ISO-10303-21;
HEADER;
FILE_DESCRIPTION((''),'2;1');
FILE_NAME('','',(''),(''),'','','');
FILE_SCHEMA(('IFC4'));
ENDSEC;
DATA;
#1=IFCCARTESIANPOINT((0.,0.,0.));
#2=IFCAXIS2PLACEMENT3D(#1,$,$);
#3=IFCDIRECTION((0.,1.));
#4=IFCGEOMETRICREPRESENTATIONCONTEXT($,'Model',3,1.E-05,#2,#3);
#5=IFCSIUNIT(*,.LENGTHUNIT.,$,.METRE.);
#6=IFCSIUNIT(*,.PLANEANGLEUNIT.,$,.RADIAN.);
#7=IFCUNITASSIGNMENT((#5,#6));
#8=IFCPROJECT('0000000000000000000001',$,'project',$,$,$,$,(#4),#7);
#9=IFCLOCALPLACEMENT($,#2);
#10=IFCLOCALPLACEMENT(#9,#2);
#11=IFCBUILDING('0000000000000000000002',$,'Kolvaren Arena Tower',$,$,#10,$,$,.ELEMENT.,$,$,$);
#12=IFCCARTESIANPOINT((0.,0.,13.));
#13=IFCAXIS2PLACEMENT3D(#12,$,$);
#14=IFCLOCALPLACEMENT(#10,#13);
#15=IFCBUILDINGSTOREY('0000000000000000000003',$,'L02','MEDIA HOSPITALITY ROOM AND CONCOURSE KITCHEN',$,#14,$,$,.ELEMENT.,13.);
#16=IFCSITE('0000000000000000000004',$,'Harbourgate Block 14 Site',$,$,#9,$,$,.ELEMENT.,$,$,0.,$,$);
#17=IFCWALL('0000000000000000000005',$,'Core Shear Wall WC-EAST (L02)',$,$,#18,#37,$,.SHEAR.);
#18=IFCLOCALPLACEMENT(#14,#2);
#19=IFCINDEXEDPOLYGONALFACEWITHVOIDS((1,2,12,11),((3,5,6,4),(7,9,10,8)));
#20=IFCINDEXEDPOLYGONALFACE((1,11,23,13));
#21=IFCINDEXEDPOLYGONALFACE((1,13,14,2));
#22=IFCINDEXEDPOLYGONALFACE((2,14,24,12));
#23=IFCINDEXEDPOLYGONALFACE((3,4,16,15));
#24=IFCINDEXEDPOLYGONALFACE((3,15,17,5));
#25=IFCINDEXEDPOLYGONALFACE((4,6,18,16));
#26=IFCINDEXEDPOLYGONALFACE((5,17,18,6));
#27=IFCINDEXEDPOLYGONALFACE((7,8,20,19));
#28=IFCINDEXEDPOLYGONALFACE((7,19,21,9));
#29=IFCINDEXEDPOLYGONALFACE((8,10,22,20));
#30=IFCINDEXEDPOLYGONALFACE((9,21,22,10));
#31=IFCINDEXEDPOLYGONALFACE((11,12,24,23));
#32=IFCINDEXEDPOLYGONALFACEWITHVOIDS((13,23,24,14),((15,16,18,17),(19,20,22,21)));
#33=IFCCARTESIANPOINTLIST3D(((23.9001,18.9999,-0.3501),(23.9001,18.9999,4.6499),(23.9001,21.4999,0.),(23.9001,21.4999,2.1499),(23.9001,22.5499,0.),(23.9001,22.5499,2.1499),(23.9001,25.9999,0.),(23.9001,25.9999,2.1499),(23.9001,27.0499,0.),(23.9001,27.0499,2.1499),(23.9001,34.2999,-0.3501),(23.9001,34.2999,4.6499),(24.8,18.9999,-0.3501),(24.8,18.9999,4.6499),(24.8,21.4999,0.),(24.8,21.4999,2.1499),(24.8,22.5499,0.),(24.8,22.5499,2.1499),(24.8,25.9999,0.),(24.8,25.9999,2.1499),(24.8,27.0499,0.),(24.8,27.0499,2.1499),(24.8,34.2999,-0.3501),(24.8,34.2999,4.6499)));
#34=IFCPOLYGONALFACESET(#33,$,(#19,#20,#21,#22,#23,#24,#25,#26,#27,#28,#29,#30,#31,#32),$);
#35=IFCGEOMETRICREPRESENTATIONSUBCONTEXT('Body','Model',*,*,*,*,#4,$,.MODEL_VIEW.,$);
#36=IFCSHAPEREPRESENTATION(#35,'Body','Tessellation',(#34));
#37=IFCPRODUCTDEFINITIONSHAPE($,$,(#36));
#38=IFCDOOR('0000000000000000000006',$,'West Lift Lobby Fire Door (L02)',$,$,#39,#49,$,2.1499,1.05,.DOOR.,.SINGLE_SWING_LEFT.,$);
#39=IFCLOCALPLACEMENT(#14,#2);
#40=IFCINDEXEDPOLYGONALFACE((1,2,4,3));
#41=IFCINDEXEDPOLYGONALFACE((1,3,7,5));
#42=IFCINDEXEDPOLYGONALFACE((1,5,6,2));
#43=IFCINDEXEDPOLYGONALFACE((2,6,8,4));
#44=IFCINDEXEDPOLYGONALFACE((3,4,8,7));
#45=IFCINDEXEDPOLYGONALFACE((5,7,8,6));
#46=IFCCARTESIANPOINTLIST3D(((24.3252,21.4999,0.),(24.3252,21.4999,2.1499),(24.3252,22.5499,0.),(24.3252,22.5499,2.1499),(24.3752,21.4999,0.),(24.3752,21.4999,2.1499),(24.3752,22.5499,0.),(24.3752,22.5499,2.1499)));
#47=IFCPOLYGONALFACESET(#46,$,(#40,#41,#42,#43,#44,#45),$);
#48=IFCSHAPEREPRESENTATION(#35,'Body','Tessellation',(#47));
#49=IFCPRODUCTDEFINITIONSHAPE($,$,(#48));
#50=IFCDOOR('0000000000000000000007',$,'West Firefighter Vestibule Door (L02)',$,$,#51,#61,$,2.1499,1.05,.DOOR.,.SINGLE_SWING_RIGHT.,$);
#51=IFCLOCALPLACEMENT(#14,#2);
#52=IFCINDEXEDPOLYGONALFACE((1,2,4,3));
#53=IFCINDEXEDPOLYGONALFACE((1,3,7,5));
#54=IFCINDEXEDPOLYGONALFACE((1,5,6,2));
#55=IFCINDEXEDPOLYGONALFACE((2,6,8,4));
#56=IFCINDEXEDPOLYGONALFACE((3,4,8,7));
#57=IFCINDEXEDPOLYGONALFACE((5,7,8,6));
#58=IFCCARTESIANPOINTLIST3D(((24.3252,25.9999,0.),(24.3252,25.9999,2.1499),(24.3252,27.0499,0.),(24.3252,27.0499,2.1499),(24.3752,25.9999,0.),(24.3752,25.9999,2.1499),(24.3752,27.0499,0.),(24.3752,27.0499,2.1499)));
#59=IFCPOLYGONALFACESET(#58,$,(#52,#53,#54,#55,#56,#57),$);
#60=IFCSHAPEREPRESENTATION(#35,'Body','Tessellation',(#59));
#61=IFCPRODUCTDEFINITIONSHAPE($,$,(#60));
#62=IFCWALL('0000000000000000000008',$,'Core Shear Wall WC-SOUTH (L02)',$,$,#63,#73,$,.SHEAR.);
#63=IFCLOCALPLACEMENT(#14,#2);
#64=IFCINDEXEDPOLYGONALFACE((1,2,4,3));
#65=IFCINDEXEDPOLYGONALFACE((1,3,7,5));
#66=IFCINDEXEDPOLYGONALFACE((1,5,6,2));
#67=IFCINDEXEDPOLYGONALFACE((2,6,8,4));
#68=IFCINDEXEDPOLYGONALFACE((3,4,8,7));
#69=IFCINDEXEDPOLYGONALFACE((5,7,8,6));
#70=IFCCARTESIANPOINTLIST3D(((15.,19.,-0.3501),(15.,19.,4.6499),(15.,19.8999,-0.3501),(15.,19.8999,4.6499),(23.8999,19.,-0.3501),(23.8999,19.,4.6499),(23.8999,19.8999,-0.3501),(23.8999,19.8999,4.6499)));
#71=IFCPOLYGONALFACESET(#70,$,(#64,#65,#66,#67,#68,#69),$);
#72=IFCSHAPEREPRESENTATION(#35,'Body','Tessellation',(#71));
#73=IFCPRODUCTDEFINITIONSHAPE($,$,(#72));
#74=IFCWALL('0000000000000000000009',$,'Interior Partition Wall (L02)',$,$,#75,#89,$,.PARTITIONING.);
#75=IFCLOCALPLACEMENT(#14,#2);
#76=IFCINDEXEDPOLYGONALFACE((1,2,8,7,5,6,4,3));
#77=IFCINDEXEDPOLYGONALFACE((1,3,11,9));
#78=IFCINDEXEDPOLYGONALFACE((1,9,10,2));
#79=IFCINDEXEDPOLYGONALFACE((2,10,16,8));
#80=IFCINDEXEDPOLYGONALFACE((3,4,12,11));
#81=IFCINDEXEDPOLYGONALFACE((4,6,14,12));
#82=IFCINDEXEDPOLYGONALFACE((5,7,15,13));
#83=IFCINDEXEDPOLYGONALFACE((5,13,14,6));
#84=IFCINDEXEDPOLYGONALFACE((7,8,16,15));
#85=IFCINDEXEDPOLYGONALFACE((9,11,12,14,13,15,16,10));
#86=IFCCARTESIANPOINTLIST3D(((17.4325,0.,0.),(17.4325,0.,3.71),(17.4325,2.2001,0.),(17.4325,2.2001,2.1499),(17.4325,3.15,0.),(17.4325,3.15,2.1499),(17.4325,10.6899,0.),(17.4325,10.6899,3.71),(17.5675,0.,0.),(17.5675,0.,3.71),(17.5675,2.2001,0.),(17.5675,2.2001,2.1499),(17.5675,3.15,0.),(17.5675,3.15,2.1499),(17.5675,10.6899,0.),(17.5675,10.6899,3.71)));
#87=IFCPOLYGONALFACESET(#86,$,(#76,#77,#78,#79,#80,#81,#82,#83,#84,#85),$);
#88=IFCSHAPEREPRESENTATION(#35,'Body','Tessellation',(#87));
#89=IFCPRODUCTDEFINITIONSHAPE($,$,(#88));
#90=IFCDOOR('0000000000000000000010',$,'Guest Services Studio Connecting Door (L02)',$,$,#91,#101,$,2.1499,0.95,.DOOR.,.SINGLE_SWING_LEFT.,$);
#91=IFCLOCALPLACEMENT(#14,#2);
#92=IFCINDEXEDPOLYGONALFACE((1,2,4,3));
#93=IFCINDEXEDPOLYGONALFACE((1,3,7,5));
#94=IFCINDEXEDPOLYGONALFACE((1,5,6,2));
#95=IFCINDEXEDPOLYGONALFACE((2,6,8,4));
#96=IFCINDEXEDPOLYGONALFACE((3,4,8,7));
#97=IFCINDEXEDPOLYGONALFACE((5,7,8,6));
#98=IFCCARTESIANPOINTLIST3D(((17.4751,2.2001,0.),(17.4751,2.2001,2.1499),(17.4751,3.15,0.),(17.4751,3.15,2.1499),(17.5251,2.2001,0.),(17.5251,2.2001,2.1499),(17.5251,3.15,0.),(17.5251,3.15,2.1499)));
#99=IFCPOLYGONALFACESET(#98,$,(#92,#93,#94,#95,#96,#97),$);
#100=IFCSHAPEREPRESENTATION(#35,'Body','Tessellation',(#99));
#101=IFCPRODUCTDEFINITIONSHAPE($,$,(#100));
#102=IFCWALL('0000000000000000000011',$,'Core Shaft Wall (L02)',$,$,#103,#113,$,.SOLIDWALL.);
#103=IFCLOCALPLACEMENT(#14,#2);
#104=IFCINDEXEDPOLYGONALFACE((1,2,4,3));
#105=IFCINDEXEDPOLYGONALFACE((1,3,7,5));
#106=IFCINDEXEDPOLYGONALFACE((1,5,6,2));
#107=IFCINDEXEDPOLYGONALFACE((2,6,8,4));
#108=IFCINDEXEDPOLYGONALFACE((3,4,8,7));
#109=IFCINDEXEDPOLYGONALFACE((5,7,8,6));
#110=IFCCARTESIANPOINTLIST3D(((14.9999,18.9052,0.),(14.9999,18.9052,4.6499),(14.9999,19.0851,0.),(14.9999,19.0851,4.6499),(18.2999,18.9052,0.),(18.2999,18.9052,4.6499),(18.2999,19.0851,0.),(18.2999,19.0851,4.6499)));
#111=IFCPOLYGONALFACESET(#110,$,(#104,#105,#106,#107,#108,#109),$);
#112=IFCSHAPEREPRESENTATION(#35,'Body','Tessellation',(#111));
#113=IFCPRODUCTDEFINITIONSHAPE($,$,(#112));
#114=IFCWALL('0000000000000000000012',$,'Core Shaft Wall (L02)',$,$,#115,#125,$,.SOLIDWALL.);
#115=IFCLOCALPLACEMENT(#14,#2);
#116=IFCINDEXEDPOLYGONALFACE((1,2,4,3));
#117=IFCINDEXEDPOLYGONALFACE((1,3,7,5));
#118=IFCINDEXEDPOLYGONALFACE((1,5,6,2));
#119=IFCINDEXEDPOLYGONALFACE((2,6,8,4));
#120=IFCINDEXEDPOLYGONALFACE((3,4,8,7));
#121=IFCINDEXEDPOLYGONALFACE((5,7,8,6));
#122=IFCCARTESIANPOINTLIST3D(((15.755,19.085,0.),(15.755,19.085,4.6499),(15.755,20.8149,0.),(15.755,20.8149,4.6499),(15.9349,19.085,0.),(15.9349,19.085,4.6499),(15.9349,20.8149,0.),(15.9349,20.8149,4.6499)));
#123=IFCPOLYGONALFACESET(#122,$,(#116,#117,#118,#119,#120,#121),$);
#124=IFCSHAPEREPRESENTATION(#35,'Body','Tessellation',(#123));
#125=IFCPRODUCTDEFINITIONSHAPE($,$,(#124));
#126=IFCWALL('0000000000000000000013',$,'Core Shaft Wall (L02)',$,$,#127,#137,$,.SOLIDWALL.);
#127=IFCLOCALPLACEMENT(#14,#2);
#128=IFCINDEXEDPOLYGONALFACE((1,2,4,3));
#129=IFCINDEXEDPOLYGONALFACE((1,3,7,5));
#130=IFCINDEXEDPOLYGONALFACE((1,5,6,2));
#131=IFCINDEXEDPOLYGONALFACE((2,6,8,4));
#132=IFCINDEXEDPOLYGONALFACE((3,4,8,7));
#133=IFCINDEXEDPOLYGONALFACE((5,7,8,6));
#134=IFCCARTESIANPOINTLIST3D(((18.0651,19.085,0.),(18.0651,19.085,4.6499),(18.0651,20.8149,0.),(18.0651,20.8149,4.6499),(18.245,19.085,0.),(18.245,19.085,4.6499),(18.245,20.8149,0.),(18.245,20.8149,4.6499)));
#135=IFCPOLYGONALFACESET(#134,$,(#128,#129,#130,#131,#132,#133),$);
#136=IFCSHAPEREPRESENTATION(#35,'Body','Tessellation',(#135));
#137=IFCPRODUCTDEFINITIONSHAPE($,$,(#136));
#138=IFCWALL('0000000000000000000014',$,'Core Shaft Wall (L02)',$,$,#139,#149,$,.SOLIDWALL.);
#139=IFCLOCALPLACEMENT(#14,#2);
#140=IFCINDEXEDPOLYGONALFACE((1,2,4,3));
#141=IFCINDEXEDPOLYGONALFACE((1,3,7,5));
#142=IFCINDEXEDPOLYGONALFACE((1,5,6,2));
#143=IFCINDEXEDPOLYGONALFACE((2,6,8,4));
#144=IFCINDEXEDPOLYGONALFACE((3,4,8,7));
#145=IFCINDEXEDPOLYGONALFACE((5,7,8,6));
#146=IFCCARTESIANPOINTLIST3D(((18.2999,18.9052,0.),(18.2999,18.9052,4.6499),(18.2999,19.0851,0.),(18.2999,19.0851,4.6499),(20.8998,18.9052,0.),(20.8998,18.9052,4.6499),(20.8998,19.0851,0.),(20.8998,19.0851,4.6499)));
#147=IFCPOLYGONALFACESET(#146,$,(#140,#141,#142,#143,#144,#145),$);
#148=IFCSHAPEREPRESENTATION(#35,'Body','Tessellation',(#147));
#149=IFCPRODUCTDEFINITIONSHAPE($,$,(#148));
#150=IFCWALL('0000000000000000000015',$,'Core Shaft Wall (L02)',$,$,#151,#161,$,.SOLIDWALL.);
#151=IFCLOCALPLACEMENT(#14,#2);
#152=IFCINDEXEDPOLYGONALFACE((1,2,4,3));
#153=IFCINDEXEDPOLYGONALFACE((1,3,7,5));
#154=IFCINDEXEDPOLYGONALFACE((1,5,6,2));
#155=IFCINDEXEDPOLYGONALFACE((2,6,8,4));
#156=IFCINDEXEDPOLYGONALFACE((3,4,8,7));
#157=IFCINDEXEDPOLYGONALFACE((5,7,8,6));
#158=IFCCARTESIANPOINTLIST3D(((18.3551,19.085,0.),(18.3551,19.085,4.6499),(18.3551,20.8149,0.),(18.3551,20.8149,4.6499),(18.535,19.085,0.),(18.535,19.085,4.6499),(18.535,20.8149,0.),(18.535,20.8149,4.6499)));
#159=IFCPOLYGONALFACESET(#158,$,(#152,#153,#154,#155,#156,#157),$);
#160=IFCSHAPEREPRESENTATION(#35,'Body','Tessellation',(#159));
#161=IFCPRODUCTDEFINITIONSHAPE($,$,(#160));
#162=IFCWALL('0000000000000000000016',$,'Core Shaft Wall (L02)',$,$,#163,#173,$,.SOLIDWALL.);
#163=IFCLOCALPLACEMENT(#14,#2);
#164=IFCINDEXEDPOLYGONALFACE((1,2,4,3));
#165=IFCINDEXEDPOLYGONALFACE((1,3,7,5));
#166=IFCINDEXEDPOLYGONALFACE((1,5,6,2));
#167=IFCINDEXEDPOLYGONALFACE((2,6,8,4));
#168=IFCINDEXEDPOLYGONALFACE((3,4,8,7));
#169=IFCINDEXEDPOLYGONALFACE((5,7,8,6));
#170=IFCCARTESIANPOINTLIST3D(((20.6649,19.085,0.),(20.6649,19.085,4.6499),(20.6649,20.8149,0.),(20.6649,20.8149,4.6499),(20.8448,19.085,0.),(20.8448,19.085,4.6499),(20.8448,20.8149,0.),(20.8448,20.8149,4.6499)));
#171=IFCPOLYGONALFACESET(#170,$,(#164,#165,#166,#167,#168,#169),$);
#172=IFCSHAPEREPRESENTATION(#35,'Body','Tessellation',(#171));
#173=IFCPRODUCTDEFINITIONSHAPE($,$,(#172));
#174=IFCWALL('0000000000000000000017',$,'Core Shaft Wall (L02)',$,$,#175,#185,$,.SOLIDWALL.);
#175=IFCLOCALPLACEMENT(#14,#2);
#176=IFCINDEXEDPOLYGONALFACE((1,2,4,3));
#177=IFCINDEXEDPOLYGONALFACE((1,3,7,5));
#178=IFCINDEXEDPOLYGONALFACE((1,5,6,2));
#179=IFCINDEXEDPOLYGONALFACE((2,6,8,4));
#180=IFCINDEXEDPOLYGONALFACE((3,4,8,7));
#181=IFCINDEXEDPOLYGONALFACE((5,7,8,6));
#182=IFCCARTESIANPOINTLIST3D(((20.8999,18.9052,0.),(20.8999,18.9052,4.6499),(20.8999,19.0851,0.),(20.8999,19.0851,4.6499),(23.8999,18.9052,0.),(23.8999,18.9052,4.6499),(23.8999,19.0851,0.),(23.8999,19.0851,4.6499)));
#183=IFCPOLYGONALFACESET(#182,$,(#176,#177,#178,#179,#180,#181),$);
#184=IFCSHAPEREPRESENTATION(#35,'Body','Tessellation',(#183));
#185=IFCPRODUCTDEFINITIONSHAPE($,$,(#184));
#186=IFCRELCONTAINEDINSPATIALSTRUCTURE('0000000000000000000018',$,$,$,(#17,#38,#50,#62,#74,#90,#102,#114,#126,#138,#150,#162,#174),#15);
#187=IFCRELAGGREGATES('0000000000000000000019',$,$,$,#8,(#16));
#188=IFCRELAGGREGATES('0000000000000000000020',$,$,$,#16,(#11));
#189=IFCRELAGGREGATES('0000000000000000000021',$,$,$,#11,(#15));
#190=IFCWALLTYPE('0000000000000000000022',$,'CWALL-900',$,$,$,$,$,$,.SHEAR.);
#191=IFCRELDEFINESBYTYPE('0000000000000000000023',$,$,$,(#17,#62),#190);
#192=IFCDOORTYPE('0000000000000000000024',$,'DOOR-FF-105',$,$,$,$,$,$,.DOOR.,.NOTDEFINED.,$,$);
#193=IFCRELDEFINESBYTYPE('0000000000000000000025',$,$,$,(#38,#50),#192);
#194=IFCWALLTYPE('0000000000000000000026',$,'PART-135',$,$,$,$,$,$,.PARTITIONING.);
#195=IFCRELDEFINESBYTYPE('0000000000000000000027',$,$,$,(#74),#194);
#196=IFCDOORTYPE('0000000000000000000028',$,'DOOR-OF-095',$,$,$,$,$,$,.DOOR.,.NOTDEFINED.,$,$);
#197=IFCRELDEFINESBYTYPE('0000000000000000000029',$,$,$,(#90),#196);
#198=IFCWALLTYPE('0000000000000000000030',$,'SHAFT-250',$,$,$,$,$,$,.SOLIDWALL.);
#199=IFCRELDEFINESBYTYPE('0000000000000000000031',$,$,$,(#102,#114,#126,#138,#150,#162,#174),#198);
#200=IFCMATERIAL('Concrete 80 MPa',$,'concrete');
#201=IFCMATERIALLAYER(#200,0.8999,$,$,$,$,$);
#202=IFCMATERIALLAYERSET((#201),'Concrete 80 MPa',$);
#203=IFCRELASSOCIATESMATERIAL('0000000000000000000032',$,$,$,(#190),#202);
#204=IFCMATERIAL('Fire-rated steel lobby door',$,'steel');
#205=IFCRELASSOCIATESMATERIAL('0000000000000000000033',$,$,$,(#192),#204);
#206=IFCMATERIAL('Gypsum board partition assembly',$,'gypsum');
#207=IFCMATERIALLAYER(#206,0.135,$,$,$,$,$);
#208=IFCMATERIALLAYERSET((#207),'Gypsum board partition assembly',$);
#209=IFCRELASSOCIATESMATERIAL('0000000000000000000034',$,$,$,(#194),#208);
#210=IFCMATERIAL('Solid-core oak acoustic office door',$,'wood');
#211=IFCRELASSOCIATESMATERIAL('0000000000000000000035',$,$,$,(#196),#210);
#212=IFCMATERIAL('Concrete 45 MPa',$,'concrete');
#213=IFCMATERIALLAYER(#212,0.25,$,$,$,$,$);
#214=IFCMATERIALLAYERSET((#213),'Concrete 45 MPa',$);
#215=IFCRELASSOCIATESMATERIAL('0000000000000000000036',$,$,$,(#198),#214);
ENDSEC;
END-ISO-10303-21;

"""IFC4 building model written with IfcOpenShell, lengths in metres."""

from ifc_helpers import new_model, si_unit, direction, frame, frame_2d, origin, place, context, subcontext, project, spatial, rectangle, extrude, material, layer, layer_set, type_object, element, fill, save


model = new_model("IFC4")

# Units and contexts
model_context = context("Model", 3, precision=1e-05, world=origin(), true_north=direction((0.0, 1.0)))
body_context = subcontext(model_context, "Body", "Model", "MODEL_VIEW")
ifc_project = project(units=[si_unit("LENGTHUNIT", "METRE"), si_unit("PLANEANGLEUNIT", "RADIAN")], contexts=[model_context])

# Site, building, storey
site_placement = place(None, origin())
site = spatial("IfcSite", under=ifc_project, at=site_placement, Name="Harbourgate Block 14 Site", CompositionType="ELEMENT", RefElevation=0.0)
building_placement = place(site_placement, origin())
building = spatial("IfcBuilding", under=site, at=building_placement, Name="Kolvaren Arena Tower", CompositionType="ELEMENT")
storey_placement = place(building_placement, frame((0.0, 0.0, 13.0)))
storey = spatial("IfcBuildingStorey", under=building, at=storey_placement, Name="L02", Description="MEDIA HOSPITALITY ROOM AND CONCOURSE KITCHEN", CompositionType="ELEMENT", Elevation=13.0)

# Wall, openings, doors
ifc_material_1 = material(Name="Concrete 80 MPa", Category="concrete")
ifc_layer_1 = layer(ifc_material_1, 0.8999)
ifc_layer_set_1 = layer_set([ifc_layer_1], Name="Concrete 80 MPa")
wall_type_1 = type_object("IfcWallType", Name="CWALL-900", PredefinedType="SHEAR", material=ifc_layer_set_1)
wall_1_placement = place(storey_placement, frame((24.3501, 19.0, -0.3501), z_axis=(0.0, 0.0, 1.0), x_axis=(0.0, 1.0, 0.0)))
wall_1 = element("IfcWall", 1, at=wall_1_placement, inside=storey, type_object=wall_type_1, Name="Core Shear Wall WC-EAST (L02)", PredefinedType="SHEAR", context=body_context, shape_type="SweptSolid", body=[
    extrude(rectangle(XDim=15.3, YDim=0.8999, at=frame_2d((7.6499, 0.0))), origin(), (0.0, 0.0, 1.0), 5.0),
])
opening_1_placement = place(wall_1_placement, frame((2.5, 0.0, 0.3501)))
opening_1 = element("IfcOpeningElement", 2, at=opening_1_placement, cuts=wall_1, PredefinedType="OPENING", context=body_context, shape_type="SweptSolid", body=[
    extrude(rectangle(XDim=1.05, YDim=2.1499, at=frame_2d((0.5249, 1.075))), frame((0.0, 0.46, 0.0), z_axis=(0.0, -1.0, 0.0), x_axis=(1.0, 0.0, 0.0)), (0.0, 0.0, 1.0), 0.9199),
])
opening_2_placement = place(wall_1_placement, frame((7.0, 0.0, 0.3501)))
opening_2 = element("IfcOpeningElement", 3, at=opening_2_placement, cuts=wall_1, PredefinedType="OPENING", context=body_context, shape_type="SweptSolid", body=[
    extrude(rectangle(XDim=1.05, YDim=2.1499, at=frame_2d((0.5249, 1.075))), frame((0.0, 0.46, 0.0), z_axis=(0.0, -1.0, 0.0), x_axis=(1.0, 0.0, 0.0)), (0.0, 0.0, 1.0), 0.9199),
])
ifc_material_2 = material(Name="Fire-rated steel lobby door", Category="steel")
door_type_1 = type_object("IfcDoorType", Name="DOOR-FF-105", OperationType="NOTDEFINED", PredefinedType="DOOR", material=ifc_material_2)
door_1_placement = place(opening_1_placement, origin())
door_1 = element("IfcDoor", 4, at=door_1_placement, inside=storey, type_object=door_type_1, Name="West Lift Lobby Fire Door (L02)", OperationType="SINGLE_SWING_LEFT", OverallHeight=2.1499, OverallWidth=1.05, PredefinedType="DOOR", context=body_context, shape_type="SweptSolid", body=[
    extrude(rectangle(XDim=1.05, YDim=2.1499, at=frame_2d((0.5249, 1.075))), frame((0.0, 0.0249, 0.0), z_axis=(0.0, -1.0, 0.0), x_axis=(1.0, 0.0, 0.0)), (0.0, 0.0, 1.0), 0.05),
])
fill(opening_1, door_1)
door_2_placement = place(opening_2_placement, origin())
door_2 = element("IfcDoor", 5, at=door_2_placement, inside=storey, type_object=door_type_1, Name="West Firefighter Vestibule Door (L02)", OperationType="SINGLE_SWING_RIGHT", OverallHeight=2.1499, OverallWidth=1.05, PredefinedType="DOOR", context=body_context, shape_type="SweptSolid", body=[
    extrude(rectangle(XDim=1.05, YDim=2.1499, at=frame_2d((0.5249, 1.075))), frame((0.0, 0.0249, 0.0), z_axis=(0.0, -1.0, 0.0), x_axis=(1.0, 0.0, 0.0)), (0.0, 0.0, 1.0), 0.05),
])
fill(opening_2, door_2)

# Wall
wall_2_placement = place(storey_placement, frame((15.0, 19.45, -0.3501), z_axis=(0.0, 0.0, 1.0), x_axis=(1.0, 0.0, 0.0)))
element("IfcWall", 6, at=wall_2_placement, inside=storey, type_object=wall_type_1, Name="Core Shear Wall WC-SOUTH (L02)", PredefinedType="SHEAR", context=body_context, shape_type="SweptSolid", body=[
    extrude(rectangle(XDim=8.8999, YDim=0.8999, at=frame_2d((4.45, 0.0))), origin(), (0.0, 0.0, 1.0), 5.0),
])

# Wall, opening, door
ifc_material_3 = material(Name="Gypsum board partition assembly", Category="gypsum")
ifc_layer_2 = layer(ifc_material_3, 0.135)
ifc_layer_set_2 = layer_set([ifc_layer_2], Name="Gypsum board partition assembly")
wall_type_2 = type_object("IfcWallType", Name="PART-135", PredefinedType="PARTITIONING", material=ifc_layer_set_2)
wall_3_placement = place(storey_placement, frame((17.5, 0.0, 0.0), z_axis=(0.0, 0.0, 1.0), x_axis=(0.0, 1.0, 0.0)))
wall_3 = element("IfcWall", 7, at=wall_3_placement, inside=storey, type_object=wall_type_2, Name="Interior Partition Wall (L02)", PredefinedType="PARTITIONING", context=body_context, shape_type="SweptSolid", body=[
    extrude(rectangle(XDim=10.6899, YDim=0.135, at=frame_2d((5.345, 0.0))), origin(), (0.0, 0.0, 1.0), 3.71),
])
opening_3_placement = place(wall_3_placement, frame((2.2, 0.0, 0.0)))
opening_3 = element("IfcOpeningElement", 8, at=opening_3_placement, cuts=wall_3, PredefinedType="OPENING", context=body_context, shape_type="SweptSolid", body=[
    extrude(rectangle(XDim=0.95, YDim=2.1499, at=frame_2d((0.4751, 1.075))), frame((0.0, 0.0774, 0.0), z_axis=(0.0, -1.0, 0.0), x_axis=(1.0, 0.0, 0.0)), (0.0, 0.0, 1.0), 0.155),
])
ifc_material_4 = material(Name="Solid-core oak acoustic office door", Category="wood")
door_type_2 = type_object("IfcDoorType", Name="DOOR-OF-095", OperationType="NOTDEFINED", PredefinedType="DOOR", material=ifc_material_4)
door_3_placement = place(opening_3_placement, origin())
door_3 = element("IfcDoor", 9, at=door_3_placement, inside=storey, type_object=door_type_2, Name="Guest Services Studio Connecting Door (L02)", OperationType="SINGLE_SWING_LEFT", OverallHeight=2.1499, OverallWidth=0.95, PredefinedType="DOOR", context=body_context, shape_type="SweptSolid", body=[
    extrude(rectangle(XDim=0.95, YDim=2.1499, at=frame_2d((0.4751, 1.075))), frame((0.0, 0.0249, 0.0), z_axis=(0.0, -1.0, 0.0), x_axis=(1.0, 0.0, 0.0)), (0.0, 0.0, 1.0), 0.05),
])
fill(opening_3, door_3)

# Walls
ifc_material_5 = material(Name="Concrete 45 MPa", Category="concrete")
ifc_layer_3 = layer(ifc_material_5, 0.25)
ifc_layer_set_3 = layer_set([ifc_layer_3], Name="Concrete 45 MPa")
wall_type_3 = type_object("IfcWallType", Name="SHAFT-250", PredefinedType="SOLIDWALL", material=ifc_layer_set_3)
wall_4_placement = place(storey_placement, frame((15.0, 18.9951, 0.0), z_axis=(0.0, 0.0, 1.0), x_axis=(1.0, 0.0, 0.0)))
element("IfcWall", 10, at=wall_4_placement, inside=storey, type_object=wall_type_3, Name="Core Shaft Wall (L02)", PredefinedType="SOLIDWALL", context=body_context, shape_type="SweptSolid", body=[
    extrude(rectangle(XDim=3.3, YDim=0.1799, at=frame_2d((1.6499, 0.0))), origin(), (0.0, 0.0, 1.0), 4.6499),
])
for number, where, z_axis, x_axis, name in (
    (11, (15.845, 19.085, 0.0), (0.0, 0.0, 1.0), (0.0, 1.0, 0.0), "Core Shaft Wall (L02)"),
    (12, (18.155, 19.085, 0.0), (0.0, 0.0, 1.0), (0.0, 1.0, 0.0), "Core Shaft Wall (L02)"),
):
    element("IfcWall", number, at=place(storey_placement, frame(where, z_axis=z_axis, x_axis=x_axis)), inside=storey, type_object=wall_type_3, Name=name, PredefinedType="SOLIDWALL", context=body_context, shape_type="SweptSolid", body=[
        extrude(rectangle(XDim=1.73, YDim=0.1799, at=frame_2d((0.865, 0.0))), origin(), (0.0, 0.0, 1.0), 4.6499),
    ])
wall_5_placement = place(storey_placement, frame((18.3, 18.9951, 0.0), z_axis=(0.0, 0.0, 1.0), x_axis=(1.0, 0.0, 0.0)))
element("IfcWall", 13, at=wall_5_placement, inside=storey, type_object=wall_type_3, Name="Core Shaft Wall (L02)", PredefinedType="SOLIDWALL", context=body_context, shape_type="SweptSolid", body=[
    extrude(rectangle(XDim=2.5999, YDim=0.1799, at=frame_2d((1.2998, 0.0))), origin(), (0.0, 0.0, 1.0), 4.6499),
])
for number, where, z_axis, x_axis, name in (
    (14, (18.4451, 19.085, 0.0), (0.0, 0.0, 1.0), (0.0, 1.0, 0.0), "Core Shaft Wall (L02)"),
    (15, (20.7549, 19.085, 0.0), (0.0, 0.0, 1.0), (0.0, 1.0, 0.0), "Core Shaft Wall (L02)"),
):
    element("IfcWall", number, at=place(storey_placement, frame(where, z_axis=z_axis, x_axis=x_axis)), inside=storey, type_object=wall_type_3, Name=name, PredefinedType="SOLIDWALL", context=body_context, shape_type="SweptSolid", body=[
        extrude(rectangle(XDim=1.73, YDim=0.1799, at=frame_2d((0.865, 0.0))), origin(), (0.0, 0.0, 1.0), 4.6499),
    ])
wall_6_placement = place(storey_placement, frame((20.8999, 18.9951, 0.0), z_axis=(0.0, 0.0, 1.0), x_axis=(1.0, 0.0, 0.0)))
element("IfcWall", 16, at=wall_6_placement, inside=storey, type_object=wall_type_3, Name="Core Shaft Wall (L02)", PredefinedType="SOLIDWALL", context=body_context, shape_type="SweptSolid", body=[
    extrude(rectangle(XDim=3.0, YDim=0.1799, at=frame_2d((1.5, 0.0))), origin(), (0.0, 0.0, 1.0), 4.6499),
])

save(model, "model.ifc")
